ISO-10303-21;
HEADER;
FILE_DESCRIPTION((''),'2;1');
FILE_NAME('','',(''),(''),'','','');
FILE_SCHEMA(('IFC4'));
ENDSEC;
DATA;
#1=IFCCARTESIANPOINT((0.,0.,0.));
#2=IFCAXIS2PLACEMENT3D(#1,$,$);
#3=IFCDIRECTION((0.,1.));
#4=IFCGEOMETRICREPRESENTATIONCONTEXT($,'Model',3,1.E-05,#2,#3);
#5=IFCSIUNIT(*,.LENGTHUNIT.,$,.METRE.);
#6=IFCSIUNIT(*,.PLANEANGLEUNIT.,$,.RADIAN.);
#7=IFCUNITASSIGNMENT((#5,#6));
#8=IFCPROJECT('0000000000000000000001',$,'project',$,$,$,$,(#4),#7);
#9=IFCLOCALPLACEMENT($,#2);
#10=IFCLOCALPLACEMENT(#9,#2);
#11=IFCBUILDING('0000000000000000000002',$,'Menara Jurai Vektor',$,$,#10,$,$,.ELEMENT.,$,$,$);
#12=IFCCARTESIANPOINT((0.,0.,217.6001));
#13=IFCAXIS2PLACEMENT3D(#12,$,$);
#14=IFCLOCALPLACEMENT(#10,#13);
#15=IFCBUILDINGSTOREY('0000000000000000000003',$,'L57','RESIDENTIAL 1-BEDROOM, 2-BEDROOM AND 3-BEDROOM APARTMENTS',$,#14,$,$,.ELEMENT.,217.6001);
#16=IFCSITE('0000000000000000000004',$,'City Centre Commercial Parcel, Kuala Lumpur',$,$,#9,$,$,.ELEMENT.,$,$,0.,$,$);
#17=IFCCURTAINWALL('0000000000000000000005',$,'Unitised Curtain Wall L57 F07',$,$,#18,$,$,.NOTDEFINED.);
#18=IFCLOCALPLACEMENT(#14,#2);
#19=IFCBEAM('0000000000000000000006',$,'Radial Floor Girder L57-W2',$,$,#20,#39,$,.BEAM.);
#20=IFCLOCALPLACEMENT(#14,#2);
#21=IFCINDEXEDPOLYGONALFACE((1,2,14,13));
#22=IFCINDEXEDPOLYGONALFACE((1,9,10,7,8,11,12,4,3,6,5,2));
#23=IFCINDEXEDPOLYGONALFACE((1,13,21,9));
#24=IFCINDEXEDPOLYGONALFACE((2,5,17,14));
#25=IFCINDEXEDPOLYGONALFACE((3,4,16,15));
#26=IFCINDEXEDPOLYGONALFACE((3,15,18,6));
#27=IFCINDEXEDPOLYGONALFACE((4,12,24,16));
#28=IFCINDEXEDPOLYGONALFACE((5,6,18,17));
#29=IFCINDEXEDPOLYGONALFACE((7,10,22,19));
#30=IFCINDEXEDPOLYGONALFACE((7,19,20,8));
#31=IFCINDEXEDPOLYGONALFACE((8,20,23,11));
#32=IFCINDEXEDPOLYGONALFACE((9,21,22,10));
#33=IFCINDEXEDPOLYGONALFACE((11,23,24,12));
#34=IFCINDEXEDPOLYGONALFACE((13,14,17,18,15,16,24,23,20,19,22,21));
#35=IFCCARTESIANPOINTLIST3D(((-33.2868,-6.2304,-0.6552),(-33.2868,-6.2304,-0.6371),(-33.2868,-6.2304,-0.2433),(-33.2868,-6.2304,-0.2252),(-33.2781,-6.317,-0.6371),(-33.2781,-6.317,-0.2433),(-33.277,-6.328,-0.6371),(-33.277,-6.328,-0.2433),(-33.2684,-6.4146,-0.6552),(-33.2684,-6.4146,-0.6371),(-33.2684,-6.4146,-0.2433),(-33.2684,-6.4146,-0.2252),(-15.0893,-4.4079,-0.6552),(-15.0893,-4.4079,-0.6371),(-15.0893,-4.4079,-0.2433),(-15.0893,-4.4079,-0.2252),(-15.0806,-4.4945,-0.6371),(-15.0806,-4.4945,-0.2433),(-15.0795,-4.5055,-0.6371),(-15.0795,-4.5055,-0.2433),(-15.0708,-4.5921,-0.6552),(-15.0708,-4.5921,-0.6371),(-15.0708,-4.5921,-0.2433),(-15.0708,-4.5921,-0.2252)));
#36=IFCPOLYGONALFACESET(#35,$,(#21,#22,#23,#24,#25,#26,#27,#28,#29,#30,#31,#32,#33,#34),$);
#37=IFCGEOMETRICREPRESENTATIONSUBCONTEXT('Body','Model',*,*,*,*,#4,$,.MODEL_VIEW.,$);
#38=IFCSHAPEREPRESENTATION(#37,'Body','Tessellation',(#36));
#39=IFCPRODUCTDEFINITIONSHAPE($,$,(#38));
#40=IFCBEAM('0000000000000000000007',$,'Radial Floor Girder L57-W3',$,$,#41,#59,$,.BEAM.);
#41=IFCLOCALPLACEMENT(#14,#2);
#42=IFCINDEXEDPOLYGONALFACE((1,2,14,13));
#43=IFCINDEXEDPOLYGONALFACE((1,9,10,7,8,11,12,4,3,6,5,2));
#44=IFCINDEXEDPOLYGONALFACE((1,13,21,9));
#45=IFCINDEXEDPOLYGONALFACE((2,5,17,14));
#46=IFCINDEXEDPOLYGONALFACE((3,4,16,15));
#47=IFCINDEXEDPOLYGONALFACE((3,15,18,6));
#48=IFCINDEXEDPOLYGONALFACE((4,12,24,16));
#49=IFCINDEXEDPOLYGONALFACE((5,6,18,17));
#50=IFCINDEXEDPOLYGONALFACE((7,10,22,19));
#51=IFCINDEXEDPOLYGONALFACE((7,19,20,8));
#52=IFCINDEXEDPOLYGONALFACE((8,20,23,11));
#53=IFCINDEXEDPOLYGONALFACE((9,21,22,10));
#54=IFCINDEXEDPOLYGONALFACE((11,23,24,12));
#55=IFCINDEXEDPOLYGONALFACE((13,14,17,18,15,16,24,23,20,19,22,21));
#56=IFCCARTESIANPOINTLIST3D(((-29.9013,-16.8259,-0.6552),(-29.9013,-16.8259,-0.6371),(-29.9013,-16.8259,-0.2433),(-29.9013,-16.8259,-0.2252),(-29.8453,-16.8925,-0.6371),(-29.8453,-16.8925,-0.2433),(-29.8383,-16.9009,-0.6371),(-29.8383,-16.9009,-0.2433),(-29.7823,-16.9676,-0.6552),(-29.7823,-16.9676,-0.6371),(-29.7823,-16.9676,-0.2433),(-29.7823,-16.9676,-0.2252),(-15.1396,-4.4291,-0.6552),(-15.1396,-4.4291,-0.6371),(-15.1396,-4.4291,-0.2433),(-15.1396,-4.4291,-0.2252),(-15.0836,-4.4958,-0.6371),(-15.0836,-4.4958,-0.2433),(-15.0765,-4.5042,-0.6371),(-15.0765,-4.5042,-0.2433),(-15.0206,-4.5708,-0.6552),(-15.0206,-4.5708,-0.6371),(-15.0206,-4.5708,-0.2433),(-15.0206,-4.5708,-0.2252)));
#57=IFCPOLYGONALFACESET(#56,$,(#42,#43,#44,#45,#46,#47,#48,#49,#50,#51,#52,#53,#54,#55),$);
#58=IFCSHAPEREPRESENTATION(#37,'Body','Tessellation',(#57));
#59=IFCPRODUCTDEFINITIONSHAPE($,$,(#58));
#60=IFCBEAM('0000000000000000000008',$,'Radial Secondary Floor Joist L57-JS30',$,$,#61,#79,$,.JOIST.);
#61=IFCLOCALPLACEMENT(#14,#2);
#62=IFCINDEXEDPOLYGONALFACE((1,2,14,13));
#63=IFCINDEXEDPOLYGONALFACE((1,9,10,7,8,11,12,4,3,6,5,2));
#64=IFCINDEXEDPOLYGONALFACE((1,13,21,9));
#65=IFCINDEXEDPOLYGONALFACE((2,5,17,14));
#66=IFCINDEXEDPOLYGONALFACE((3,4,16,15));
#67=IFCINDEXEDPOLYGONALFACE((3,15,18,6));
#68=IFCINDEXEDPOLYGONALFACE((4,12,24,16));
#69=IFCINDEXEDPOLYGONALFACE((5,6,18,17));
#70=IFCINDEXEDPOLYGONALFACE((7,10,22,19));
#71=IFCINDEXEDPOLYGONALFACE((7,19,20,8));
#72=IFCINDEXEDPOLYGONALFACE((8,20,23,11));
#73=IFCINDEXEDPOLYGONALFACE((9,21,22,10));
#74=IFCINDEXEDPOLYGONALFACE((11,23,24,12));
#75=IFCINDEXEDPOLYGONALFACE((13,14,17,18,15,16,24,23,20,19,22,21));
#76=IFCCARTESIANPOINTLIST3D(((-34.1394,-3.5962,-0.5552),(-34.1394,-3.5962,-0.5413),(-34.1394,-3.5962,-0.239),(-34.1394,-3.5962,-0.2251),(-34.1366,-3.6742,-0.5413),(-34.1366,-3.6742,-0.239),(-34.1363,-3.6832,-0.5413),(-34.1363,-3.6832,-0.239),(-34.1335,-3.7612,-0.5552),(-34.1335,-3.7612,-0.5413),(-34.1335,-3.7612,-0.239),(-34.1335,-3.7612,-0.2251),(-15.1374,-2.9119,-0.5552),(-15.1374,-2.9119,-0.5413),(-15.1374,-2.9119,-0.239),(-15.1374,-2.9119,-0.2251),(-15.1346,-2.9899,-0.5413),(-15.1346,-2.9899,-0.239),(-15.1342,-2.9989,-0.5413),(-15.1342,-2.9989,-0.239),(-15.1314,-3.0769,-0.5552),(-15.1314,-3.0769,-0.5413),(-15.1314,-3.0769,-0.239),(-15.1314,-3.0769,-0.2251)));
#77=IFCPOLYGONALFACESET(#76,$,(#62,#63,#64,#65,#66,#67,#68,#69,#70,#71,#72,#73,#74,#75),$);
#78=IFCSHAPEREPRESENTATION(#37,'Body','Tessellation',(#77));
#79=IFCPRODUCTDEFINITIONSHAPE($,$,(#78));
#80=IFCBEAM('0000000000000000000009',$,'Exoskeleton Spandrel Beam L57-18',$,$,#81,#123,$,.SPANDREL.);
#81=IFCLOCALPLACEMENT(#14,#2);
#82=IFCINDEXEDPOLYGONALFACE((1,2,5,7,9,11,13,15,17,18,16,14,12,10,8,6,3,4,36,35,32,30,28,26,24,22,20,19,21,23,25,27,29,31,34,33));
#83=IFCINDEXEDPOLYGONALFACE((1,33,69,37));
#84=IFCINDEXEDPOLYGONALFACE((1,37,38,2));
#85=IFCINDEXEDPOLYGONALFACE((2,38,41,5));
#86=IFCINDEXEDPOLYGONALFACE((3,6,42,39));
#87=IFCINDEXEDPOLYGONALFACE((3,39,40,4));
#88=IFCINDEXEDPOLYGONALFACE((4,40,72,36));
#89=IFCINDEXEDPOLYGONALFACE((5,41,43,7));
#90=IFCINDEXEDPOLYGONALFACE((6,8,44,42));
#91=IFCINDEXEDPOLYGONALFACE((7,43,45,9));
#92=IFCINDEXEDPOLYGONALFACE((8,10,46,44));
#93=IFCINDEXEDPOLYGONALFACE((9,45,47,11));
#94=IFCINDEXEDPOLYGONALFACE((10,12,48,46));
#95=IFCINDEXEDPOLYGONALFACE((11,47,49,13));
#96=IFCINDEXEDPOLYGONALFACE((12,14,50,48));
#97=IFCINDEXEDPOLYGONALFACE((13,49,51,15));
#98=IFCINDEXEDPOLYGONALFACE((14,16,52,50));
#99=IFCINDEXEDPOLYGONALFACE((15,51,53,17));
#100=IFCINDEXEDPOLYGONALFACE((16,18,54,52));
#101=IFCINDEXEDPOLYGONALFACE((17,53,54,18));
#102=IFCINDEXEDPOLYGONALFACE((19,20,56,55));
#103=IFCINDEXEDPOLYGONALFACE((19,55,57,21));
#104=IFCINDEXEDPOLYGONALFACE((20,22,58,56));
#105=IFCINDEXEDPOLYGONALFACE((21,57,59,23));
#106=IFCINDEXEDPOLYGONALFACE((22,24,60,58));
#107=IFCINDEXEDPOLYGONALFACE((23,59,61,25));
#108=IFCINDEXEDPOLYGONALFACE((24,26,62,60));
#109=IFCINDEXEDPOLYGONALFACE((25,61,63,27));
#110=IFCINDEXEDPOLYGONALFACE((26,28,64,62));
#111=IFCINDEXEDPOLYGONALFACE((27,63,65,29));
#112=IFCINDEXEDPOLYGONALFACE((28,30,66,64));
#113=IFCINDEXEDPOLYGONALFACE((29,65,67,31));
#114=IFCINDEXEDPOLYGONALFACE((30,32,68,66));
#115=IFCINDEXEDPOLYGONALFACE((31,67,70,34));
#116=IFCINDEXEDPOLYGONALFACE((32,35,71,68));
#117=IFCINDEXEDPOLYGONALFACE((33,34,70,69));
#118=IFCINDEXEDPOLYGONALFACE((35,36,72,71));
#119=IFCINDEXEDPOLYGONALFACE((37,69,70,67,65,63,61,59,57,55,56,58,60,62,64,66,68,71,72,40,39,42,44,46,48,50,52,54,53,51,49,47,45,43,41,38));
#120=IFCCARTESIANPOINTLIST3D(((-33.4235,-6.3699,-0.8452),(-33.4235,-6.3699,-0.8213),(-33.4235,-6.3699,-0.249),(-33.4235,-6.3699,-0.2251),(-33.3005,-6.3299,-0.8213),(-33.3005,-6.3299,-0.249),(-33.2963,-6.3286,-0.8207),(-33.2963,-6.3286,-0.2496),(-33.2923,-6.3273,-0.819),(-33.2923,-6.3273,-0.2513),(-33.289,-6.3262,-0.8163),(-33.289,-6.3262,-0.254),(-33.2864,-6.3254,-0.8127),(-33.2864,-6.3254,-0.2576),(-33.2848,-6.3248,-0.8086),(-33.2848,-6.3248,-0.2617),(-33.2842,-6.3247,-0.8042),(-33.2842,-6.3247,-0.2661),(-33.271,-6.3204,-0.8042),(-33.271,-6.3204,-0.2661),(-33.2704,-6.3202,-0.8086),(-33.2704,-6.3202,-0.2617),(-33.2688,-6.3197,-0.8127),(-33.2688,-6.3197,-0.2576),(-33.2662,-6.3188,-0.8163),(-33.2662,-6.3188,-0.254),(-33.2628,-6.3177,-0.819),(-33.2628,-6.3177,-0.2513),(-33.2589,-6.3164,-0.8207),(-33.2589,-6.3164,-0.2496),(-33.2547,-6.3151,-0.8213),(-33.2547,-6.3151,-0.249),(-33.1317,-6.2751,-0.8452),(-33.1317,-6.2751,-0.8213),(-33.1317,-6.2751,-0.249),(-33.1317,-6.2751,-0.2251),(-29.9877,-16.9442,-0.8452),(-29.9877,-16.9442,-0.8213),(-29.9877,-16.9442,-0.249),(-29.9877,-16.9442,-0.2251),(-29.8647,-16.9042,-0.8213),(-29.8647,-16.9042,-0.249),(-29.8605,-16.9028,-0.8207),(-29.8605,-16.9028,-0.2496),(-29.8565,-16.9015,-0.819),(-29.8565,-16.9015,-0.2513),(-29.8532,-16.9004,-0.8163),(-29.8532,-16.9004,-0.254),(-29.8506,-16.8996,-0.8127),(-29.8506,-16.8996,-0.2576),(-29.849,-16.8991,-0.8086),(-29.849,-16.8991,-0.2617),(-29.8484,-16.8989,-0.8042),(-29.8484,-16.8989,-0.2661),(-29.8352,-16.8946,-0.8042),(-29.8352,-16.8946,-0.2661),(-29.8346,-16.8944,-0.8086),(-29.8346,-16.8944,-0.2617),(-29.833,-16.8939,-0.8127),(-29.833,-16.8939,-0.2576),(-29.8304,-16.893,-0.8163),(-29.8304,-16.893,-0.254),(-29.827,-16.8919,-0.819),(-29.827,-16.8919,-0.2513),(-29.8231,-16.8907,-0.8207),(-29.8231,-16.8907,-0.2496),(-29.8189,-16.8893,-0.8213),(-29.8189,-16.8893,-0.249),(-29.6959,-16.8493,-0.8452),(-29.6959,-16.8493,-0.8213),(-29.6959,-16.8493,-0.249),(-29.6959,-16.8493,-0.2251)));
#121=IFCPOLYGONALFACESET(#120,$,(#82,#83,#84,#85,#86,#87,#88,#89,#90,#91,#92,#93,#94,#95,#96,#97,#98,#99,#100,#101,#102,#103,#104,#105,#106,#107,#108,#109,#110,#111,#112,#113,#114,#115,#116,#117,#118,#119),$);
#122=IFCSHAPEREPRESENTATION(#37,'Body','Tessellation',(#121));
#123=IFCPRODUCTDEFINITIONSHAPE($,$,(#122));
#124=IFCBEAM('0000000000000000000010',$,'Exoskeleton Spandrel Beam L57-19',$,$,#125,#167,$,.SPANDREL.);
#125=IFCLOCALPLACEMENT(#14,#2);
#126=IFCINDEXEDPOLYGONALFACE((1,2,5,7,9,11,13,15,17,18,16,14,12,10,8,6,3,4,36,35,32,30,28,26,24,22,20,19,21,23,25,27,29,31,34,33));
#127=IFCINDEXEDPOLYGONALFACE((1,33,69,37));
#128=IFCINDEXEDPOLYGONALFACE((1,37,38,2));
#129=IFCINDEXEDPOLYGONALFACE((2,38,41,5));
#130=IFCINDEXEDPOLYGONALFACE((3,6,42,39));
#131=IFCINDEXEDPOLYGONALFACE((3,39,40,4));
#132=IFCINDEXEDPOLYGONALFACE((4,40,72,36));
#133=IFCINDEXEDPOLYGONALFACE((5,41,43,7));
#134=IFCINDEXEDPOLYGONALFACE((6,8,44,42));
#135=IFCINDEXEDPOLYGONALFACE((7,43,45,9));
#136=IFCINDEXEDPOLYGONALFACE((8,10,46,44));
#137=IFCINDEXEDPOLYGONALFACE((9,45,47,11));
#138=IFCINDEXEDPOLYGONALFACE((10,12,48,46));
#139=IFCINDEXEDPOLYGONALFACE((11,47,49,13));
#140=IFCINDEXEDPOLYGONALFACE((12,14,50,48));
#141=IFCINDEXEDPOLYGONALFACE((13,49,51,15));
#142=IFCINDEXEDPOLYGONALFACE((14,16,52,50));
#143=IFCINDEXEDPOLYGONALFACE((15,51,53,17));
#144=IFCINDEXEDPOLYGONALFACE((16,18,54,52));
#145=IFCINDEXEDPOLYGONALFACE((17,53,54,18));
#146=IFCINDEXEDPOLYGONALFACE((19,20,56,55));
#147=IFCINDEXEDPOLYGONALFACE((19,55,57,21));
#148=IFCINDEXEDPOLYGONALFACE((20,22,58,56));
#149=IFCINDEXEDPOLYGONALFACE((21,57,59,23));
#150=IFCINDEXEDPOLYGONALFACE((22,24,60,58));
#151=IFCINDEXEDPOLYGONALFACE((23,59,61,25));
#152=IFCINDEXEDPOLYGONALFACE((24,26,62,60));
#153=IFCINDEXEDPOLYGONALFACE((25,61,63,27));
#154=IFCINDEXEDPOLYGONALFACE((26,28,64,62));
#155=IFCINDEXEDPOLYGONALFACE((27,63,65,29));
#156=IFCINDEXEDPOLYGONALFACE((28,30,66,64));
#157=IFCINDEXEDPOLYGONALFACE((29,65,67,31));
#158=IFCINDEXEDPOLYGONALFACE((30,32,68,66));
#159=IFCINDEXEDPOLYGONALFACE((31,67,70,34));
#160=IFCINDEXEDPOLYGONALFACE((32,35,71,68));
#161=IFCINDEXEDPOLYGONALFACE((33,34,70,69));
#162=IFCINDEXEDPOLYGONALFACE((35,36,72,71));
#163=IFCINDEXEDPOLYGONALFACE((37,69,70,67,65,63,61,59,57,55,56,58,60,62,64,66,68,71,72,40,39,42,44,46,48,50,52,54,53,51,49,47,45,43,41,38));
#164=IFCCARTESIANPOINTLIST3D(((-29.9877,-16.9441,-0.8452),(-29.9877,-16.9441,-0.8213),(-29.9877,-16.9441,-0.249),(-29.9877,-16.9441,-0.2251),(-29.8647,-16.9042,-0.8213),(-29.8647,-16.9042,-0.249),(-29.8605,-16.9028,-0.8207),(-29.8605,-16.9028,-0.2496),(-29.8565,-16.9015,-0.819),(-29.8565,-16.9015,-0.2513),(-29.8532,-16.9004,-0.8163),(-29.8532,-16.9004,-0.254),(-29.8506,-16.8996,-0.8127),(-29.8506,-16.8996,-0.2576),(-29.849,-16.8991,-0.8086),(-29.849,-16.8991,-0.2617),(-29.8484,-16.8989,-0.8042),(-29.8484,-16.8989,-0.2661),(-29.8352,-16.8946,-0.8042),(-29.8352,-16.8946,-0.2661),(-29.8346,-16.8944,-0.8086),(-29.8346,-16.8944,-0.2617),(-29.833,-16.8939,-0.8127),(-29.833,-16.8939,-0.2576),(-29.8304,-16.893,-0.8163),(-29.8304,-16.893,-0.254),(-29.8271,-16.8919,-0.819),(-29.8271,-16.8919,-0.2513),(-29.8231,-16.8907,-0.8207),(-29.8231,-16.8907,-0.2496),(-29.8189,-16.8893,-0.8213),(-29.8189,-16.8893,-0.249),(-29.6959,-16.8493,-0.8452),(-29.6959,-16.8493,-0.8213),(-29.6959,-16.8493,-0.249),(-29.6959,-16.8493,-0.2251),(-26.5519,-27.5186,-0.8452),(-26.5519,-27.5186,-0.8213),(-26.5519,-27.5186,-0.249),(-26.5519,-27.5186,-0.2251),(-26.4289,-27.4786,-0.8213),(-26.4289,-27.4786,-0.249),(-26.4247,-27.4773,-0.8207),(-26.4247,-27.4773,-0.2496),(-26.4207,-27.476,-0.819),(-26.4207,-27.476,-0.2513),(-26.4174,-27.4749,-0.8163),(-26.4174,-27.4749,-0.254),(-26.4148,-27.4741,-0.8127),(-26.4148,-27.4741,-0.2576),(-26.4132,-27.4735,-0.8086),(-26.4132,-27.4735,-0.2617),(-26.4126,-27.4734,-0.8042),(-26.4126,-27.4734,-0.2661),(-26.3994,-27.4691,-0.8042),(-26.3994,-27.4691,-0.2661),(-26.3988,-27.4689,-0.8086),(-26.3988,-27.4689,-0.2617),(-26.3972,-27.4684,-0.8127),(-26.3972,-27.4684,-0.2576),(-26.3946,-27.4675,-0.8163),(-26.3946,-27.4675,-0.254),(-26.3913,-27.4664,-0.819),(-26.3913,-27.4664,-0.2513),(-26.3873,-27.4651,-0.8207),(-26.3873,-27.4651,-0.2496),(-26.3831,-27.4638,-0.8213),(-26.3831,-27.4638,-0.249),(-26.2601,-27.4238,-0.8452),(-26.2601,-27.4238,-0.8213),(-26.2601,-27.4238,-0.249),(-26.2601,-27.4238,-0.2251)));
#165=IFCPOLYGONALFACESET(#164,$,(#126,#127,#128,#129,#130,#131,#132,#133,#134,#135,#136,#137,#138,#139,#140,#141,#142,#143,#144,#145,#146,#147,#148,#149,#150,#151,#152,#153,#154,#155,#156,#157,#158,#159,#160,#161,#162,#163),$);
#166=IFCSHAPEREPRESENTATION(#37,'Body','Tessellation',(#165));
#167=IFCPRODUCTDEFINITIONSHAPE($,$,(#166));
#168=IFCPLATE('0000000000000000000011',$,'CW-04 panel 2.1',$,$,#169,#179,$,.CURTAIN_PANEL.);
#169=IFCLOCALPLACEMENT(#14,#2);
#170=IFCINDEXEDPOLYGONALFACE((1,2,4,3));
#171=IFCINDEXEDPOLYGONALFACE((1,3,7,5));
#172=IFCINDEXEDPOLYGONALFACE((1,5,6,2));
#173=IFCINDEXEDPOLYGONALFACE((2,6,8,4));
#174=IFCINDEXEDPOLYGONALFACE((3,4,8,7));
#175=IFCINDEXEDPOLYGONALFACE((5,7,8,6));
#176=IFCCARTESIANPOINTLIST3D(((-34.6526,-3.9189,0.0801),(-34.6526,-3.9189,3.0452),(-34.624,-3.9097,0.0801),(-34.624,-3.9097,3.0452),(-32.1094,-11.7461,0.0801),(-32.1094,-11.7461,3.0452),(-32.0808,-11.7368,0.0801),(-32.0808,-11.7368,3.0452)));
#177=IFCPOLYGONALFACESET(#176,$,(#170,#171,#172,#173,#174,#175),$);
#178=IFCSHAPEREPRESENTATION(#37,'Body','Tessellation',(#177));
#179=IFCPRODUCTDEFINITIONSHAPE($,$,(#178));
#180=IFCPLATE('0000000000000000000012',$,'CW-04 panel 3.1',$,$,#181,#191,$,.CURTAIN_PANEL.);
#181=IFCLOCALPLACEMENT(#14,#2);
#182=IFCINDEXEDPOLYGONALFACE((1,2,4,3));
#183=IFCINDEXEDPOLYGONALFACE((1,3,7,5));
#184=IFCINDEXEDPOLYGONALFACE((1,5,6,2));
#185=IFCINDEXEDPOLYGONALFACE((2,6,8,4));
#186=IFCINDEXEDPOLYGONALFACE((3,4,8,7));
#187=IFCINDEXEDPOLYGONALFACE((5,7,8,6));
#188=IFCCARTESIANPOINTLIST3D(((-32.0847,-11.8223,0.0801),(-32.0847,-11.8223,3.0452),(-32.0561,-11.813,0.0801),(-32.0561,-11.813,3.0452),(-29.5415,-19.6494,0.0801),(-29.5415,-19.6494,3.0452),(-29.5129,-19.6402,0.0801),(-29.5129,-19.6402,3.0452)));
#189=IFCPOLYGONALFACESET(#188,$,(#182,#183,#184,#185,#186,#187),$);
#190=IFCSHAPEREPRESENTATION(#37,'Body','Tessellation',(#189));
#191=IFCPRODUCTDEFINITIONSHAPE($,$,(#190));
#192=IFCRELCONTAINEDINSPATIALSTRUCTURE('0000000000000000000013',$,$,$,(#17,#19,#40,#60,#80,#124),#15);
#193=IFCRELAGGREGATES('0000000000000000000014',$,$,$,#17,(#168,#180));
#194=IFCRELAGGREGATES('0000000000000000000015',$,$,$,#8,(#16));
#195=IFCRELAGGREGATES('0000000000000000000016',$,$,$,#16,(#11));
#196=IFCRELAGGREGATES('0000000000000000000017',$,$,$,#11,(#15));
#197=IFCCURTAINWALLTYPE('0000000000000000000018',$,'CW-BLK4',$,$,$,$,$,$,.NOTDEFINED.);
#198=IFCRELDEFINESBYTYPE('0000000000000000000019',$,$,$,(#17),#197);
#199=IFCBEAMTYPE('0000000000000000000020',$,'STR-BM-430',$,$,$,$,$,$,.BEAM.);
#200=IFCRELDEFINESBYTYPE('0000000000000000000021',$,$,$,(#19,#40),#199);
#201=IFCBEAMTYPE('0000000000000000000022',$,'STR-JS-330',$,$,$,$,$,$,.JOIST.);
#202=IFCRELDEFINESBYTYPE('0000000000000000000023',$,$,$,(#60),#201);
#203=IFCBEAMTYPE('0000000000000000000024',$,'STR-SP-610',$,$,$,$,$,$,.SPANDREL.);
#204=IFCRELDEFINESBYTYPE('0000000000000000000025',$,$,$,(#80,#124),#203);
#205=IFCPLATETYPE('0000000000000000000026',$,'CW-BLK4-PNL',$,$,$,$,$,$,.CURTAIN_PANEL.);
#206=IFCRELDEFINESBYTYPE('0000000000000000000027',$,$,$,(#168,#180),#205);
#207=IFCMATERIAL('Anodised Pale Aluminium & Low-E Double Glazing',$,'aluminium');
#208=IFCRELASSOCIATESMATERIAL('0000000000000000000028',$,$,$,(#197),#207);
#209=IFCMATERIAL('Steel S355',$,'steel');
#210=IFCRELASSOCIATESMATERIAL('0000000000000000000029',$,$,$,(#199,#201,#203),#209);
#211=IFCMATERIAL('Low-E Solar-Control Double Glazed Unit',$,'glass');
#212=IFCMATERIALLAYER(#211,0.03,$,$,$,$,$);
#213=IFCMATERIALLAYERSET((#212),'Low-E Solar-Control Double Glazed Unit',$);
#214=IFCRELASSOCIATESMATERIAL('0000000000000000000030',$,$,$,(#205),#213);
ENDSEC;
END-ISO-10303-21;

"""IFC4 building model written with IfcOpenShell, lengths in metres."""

from ifc_helpers import new_model, si_unit, direction, frame, origin, origin_2d, place, context, subcontext, project, spatial, rectangle, i_section, extrude, material, layer, layer_set, material_profile, profile_set, type_object, element, aggregate, save


model = new_model("IFC4")

# Units and contexts
model_context = context("Model", 3, precision=1e-05, world=origin(), true_north=direction((0.0, 1.0)))
body_context = subcontext(model_context, "Body", "Model", "MODEL_VIEW")
ifc_project = project(units=[si_unit("LENGTHUNIT", "METRE"), si_unit("PLANEANGLEUNIT", "RADIAN")], contexts=[model_context])

# Site, building, storey
site_placement = place(None, origin())
site = spatial("IfcSite", under=ifc_project, at=site_placement, Name="City Centre Commercial Parcel, Kuala Lumpur", CompositionType="ELEMENT", RefElevation=0.0)
building_placement = place(site_placement, origin())
building = spatial("IfcBuilding", under=site, at=building_placement, Name="Menara Jurai Vektor", CompositionType="ELEMENT")
storey_placement = place(building_placement, frame((0.0, 0.0, 217.6001)))
storey = spatial("IfcBuildingStorey", under=building, at=storey_placement, Name="L57", Description="RESIDENTIAL 1-BEDROOM, 2-BEDROOM AND 3-BEDROOM APARTMENTS", CompositionType="ELEMENT", Elevation=217.6001)

# Curtain wall
ifc_material_1 = material(Name="Anodised Pale Aluminium & Low-E Double Glazing", Category="aluminium")
curtain_wall_type = type_object("IfcCurtainWallType", Name="CW-BLK4", PredefinedType="NOTDEFINED", material=ifc_material_1)
curtain_wall_placement = place(storey_placement, origin())
curtain_wall = element("IfcCurtainWall", 1, at=curtain_wall_placement, inside=storey, type_object=curtain_wall_type, Name="Unitised Curtain Wall L57 F07", PredefinedType="NOTDEFINED")

# Beams
ifc_material_2 = material(Name="Steel S355", Category="steel")
ifc_material_profile_1 = material_profile(ifc_material_2, i_section(OverallWidth=0.1851, OverallDepth=0.4299, WebThickness=0.011, FlangeThickness=0.0181, at=origin_2d()), Name="PG 430x185x76")
ifc_profile_set_1 = profile_set([ifc_material_profile_1], Name="Steel S355")
beam_type_1 = type_object("IfcBeamType", Name="STR-BM-430", PredefinedType="BEAM", material=ifc_profile_set_1)
beam_1_placement = place(storey_placement, frame((-33.2776, -6.3225, -0.4402), z_axis=(0.995022, 0.099653, 0.0), x_axis=(-0.099653, 0.995022, 0.0)))
element("IfcBeam", 2, at=beam_1_placement, inside=storey, type_object=beam_type_1, Name="Radial Floor Girder L57-W2", PredefinedType="BEAM", context=body_context, shape_type="SweptSolid", body=[
    extrude(i_section(OverallWidth=0.1851, OverallDepth=0.4299, WebThickness=0.011, FlangeThickness=0.0181, at=origin_2d()), origin(), (0.0, 0.0, 1.0), 18.2886),
])
beam_2_placement = place(storey_placement, frame((-29.8418, -16.8967, -0.4402), z_axis=(0.765784, 0.643097, 0.0), x_axis=(-0.643097, 0.765784, 0.0)))
element("IfcBeam", 3, at=beam_2_placement, inside=storey, type_object=beam_type_1, Name="Radial Floor Girder L57-W3", PredefinedType="BEAM", context=body_context, shape_type="SweptSolid", body=[
    extrude(i_section(OverallWidth=0.1851, OverallDepth=0.4299, WebThickness=0.011, FlangeThickness=0.0181, at=origin_2d()), origin(), (0.0, 0.0, 1.0), 19.2766),
])
ifc_material_profile_2 = material_profile(ifc_material_2, i_section(OverallWidth=0.165, OverallDepth=0.3301, WebThickness=0.009, FlangeThickness=0.0139, at=origin_2d()), Name="PG 330x165x46")
ifc_profile_set_2 = profile_set([ifc_material_profile_2], Name="Steel S355")
beam_type_2 = type_object("IfcBeamType", Name="STR-JS-330", PredefinedType="JOIST", material=ifc_profile_set_2)
beam_3_placement = place(storey_placement, frame((-34.1365, -3.6787, -0.3901), z_axis=(0.999352, 0.03599, 0.0), x_axis=(-0.03599, 0.999352, 0.0)))
element("IfcBeam", 4, at=beam_3_placement, inside=storey, type_object=beam_type_2, Name="Radial Secondary Floor Joist L57-JS30", PredefinedType="JOIST", context=body_context, shape_type="SweptSolid", body=[
    extrude(i_section(OverallWidth=0.165, OverallDepth=0.3301, WebThickness=0.009, FlangeThickness=0.0139, at=origin_2d()), origin(), (0.0, 0.0, 1.0), 19.0144),
])
ifc_material_profile_3 = material_profile(ifc_material_2, i_section(OverallWidth=0.3069, OverallDepth=0.6201, WebThickness=0.0139, FlangeThickness=0.0239, FilletRadius=0.0171, at=origin_2d()), Name="UKB 610x305x179")
ifc_profile_set_3 = profile_set([ifc_material_profile_3], Name="Steel S355")
beam_type_3 = type_object("IfcBeamType", Name="STR-SP-610", PredefinedType="SPANDREL", material=ifc_profile_set_3)
beam_4_placement = place(storey_placement, frame((-33.2776, -6.3225, -0.5352), z_axis=(0.309019, -0.951056, 0.0), x_axis=(0.951056, 0.309019, 0.0)))
element("IfcBeam", 5, at=beam_4_placement, inside=storey, type_object=beam_type_3, Name="Exoskeleton Spandrel Beam L57-18", PredefinedType="SPANDREL", context=body_context, shape_type="SweptSolid", body=[
    extrude(i_section(OverallWidth=0.3069, OverallDepth=0.6201, WebThickness=0.0139, FlangeThickness=0.0239, FilletRadius=0.0171, at=origin_2d()), origin(), (0.0, 0.0, 1.0), 11.1184),
])
beam_5_placement = place(storey_placement, frame((-29.8418, -16.8967, -0.5352), z_axis=(0.309012, -0.951058, 0.0), x_axis=(0.951058, 0.309012, 0.0)))
element("IfcBeam", 6, at=beam_5_placement, inside=storey, type_object=beam_type_3, Name="Exoskeleton Spandrel Beam L57-19", PredefinedType="SPANDREL", context=body_context, shape_type="SweptSolid", body=[
    extrude(i_section(OverallWidth=0.3069, OverallDepth=0.6201, WebThickness=0.0139, FlangeThickness=0.0239, FilletRadius=0.0171, at=origin_2d()), origin(), (0.0, 0.0, 1.0), 11.1187),
])

# Plates
ifc_material_3 = material(Name="Low-E Solar-Control Double Glazed Unit", Category="glass")
ifc_layer_1 = layer(ifc_material_3, 0.03)
ifc_layer_set_1 = layer_set([ifc_layer_1], Name="Low-E Solar-Control Double Glazed Unit")
plate_type_1 = type_object("IfcPlateType", Name="CW-BLK4-PNL", PredefinedType="CURTAIN_PANEL", material=ifc_layer_set_1)
plate_1_placement = place(storey_placement, frame((-33.3667, -7.8279, 0.0801), z_axis=(0.0, 0.0, 1.0), x_axis=(0.309016, -0.951057, 0.0)))
plate_1 = element("IfcPlate", 7, at=plate_1_placement, type_object=plate_type_1, Name="CW-04 panel 2.1", PredefinedType="CURTAIN_PANEL", context=body_context, shape_type="SweptSolid", body=[
    extrude(rectangle(XDim=8.23, YDim=0.03, at=origin_2d()), origin(), (0.0, 0.0, 1.0), 2.9651),
])
plate_2_placement = place(storey_placement, frame((-30.7988, -15.7312, 0.0801), z_axis=(0.0, 0.0, 1.0), x_axis=(0.309016, -0.951057, 0.0)))
plate_2 = element("IfcPlate", 8, at=plate_2_placement, type_object=plate_type_1, Name="CW-04 panel 3.1", PredefinedType="CURTAIN_PANEL", context=body_context, shape_type="SweptSolid", body=[
    extrude(rectangle(XDim=8.23, YDim=0.03, at=origin_2d()), origin(), (0.0, 0.0, 1.0), 2.9651),
])
aggregate(curtain_wall, [plate_1, plate_2])

save(model, "model.ifc")
